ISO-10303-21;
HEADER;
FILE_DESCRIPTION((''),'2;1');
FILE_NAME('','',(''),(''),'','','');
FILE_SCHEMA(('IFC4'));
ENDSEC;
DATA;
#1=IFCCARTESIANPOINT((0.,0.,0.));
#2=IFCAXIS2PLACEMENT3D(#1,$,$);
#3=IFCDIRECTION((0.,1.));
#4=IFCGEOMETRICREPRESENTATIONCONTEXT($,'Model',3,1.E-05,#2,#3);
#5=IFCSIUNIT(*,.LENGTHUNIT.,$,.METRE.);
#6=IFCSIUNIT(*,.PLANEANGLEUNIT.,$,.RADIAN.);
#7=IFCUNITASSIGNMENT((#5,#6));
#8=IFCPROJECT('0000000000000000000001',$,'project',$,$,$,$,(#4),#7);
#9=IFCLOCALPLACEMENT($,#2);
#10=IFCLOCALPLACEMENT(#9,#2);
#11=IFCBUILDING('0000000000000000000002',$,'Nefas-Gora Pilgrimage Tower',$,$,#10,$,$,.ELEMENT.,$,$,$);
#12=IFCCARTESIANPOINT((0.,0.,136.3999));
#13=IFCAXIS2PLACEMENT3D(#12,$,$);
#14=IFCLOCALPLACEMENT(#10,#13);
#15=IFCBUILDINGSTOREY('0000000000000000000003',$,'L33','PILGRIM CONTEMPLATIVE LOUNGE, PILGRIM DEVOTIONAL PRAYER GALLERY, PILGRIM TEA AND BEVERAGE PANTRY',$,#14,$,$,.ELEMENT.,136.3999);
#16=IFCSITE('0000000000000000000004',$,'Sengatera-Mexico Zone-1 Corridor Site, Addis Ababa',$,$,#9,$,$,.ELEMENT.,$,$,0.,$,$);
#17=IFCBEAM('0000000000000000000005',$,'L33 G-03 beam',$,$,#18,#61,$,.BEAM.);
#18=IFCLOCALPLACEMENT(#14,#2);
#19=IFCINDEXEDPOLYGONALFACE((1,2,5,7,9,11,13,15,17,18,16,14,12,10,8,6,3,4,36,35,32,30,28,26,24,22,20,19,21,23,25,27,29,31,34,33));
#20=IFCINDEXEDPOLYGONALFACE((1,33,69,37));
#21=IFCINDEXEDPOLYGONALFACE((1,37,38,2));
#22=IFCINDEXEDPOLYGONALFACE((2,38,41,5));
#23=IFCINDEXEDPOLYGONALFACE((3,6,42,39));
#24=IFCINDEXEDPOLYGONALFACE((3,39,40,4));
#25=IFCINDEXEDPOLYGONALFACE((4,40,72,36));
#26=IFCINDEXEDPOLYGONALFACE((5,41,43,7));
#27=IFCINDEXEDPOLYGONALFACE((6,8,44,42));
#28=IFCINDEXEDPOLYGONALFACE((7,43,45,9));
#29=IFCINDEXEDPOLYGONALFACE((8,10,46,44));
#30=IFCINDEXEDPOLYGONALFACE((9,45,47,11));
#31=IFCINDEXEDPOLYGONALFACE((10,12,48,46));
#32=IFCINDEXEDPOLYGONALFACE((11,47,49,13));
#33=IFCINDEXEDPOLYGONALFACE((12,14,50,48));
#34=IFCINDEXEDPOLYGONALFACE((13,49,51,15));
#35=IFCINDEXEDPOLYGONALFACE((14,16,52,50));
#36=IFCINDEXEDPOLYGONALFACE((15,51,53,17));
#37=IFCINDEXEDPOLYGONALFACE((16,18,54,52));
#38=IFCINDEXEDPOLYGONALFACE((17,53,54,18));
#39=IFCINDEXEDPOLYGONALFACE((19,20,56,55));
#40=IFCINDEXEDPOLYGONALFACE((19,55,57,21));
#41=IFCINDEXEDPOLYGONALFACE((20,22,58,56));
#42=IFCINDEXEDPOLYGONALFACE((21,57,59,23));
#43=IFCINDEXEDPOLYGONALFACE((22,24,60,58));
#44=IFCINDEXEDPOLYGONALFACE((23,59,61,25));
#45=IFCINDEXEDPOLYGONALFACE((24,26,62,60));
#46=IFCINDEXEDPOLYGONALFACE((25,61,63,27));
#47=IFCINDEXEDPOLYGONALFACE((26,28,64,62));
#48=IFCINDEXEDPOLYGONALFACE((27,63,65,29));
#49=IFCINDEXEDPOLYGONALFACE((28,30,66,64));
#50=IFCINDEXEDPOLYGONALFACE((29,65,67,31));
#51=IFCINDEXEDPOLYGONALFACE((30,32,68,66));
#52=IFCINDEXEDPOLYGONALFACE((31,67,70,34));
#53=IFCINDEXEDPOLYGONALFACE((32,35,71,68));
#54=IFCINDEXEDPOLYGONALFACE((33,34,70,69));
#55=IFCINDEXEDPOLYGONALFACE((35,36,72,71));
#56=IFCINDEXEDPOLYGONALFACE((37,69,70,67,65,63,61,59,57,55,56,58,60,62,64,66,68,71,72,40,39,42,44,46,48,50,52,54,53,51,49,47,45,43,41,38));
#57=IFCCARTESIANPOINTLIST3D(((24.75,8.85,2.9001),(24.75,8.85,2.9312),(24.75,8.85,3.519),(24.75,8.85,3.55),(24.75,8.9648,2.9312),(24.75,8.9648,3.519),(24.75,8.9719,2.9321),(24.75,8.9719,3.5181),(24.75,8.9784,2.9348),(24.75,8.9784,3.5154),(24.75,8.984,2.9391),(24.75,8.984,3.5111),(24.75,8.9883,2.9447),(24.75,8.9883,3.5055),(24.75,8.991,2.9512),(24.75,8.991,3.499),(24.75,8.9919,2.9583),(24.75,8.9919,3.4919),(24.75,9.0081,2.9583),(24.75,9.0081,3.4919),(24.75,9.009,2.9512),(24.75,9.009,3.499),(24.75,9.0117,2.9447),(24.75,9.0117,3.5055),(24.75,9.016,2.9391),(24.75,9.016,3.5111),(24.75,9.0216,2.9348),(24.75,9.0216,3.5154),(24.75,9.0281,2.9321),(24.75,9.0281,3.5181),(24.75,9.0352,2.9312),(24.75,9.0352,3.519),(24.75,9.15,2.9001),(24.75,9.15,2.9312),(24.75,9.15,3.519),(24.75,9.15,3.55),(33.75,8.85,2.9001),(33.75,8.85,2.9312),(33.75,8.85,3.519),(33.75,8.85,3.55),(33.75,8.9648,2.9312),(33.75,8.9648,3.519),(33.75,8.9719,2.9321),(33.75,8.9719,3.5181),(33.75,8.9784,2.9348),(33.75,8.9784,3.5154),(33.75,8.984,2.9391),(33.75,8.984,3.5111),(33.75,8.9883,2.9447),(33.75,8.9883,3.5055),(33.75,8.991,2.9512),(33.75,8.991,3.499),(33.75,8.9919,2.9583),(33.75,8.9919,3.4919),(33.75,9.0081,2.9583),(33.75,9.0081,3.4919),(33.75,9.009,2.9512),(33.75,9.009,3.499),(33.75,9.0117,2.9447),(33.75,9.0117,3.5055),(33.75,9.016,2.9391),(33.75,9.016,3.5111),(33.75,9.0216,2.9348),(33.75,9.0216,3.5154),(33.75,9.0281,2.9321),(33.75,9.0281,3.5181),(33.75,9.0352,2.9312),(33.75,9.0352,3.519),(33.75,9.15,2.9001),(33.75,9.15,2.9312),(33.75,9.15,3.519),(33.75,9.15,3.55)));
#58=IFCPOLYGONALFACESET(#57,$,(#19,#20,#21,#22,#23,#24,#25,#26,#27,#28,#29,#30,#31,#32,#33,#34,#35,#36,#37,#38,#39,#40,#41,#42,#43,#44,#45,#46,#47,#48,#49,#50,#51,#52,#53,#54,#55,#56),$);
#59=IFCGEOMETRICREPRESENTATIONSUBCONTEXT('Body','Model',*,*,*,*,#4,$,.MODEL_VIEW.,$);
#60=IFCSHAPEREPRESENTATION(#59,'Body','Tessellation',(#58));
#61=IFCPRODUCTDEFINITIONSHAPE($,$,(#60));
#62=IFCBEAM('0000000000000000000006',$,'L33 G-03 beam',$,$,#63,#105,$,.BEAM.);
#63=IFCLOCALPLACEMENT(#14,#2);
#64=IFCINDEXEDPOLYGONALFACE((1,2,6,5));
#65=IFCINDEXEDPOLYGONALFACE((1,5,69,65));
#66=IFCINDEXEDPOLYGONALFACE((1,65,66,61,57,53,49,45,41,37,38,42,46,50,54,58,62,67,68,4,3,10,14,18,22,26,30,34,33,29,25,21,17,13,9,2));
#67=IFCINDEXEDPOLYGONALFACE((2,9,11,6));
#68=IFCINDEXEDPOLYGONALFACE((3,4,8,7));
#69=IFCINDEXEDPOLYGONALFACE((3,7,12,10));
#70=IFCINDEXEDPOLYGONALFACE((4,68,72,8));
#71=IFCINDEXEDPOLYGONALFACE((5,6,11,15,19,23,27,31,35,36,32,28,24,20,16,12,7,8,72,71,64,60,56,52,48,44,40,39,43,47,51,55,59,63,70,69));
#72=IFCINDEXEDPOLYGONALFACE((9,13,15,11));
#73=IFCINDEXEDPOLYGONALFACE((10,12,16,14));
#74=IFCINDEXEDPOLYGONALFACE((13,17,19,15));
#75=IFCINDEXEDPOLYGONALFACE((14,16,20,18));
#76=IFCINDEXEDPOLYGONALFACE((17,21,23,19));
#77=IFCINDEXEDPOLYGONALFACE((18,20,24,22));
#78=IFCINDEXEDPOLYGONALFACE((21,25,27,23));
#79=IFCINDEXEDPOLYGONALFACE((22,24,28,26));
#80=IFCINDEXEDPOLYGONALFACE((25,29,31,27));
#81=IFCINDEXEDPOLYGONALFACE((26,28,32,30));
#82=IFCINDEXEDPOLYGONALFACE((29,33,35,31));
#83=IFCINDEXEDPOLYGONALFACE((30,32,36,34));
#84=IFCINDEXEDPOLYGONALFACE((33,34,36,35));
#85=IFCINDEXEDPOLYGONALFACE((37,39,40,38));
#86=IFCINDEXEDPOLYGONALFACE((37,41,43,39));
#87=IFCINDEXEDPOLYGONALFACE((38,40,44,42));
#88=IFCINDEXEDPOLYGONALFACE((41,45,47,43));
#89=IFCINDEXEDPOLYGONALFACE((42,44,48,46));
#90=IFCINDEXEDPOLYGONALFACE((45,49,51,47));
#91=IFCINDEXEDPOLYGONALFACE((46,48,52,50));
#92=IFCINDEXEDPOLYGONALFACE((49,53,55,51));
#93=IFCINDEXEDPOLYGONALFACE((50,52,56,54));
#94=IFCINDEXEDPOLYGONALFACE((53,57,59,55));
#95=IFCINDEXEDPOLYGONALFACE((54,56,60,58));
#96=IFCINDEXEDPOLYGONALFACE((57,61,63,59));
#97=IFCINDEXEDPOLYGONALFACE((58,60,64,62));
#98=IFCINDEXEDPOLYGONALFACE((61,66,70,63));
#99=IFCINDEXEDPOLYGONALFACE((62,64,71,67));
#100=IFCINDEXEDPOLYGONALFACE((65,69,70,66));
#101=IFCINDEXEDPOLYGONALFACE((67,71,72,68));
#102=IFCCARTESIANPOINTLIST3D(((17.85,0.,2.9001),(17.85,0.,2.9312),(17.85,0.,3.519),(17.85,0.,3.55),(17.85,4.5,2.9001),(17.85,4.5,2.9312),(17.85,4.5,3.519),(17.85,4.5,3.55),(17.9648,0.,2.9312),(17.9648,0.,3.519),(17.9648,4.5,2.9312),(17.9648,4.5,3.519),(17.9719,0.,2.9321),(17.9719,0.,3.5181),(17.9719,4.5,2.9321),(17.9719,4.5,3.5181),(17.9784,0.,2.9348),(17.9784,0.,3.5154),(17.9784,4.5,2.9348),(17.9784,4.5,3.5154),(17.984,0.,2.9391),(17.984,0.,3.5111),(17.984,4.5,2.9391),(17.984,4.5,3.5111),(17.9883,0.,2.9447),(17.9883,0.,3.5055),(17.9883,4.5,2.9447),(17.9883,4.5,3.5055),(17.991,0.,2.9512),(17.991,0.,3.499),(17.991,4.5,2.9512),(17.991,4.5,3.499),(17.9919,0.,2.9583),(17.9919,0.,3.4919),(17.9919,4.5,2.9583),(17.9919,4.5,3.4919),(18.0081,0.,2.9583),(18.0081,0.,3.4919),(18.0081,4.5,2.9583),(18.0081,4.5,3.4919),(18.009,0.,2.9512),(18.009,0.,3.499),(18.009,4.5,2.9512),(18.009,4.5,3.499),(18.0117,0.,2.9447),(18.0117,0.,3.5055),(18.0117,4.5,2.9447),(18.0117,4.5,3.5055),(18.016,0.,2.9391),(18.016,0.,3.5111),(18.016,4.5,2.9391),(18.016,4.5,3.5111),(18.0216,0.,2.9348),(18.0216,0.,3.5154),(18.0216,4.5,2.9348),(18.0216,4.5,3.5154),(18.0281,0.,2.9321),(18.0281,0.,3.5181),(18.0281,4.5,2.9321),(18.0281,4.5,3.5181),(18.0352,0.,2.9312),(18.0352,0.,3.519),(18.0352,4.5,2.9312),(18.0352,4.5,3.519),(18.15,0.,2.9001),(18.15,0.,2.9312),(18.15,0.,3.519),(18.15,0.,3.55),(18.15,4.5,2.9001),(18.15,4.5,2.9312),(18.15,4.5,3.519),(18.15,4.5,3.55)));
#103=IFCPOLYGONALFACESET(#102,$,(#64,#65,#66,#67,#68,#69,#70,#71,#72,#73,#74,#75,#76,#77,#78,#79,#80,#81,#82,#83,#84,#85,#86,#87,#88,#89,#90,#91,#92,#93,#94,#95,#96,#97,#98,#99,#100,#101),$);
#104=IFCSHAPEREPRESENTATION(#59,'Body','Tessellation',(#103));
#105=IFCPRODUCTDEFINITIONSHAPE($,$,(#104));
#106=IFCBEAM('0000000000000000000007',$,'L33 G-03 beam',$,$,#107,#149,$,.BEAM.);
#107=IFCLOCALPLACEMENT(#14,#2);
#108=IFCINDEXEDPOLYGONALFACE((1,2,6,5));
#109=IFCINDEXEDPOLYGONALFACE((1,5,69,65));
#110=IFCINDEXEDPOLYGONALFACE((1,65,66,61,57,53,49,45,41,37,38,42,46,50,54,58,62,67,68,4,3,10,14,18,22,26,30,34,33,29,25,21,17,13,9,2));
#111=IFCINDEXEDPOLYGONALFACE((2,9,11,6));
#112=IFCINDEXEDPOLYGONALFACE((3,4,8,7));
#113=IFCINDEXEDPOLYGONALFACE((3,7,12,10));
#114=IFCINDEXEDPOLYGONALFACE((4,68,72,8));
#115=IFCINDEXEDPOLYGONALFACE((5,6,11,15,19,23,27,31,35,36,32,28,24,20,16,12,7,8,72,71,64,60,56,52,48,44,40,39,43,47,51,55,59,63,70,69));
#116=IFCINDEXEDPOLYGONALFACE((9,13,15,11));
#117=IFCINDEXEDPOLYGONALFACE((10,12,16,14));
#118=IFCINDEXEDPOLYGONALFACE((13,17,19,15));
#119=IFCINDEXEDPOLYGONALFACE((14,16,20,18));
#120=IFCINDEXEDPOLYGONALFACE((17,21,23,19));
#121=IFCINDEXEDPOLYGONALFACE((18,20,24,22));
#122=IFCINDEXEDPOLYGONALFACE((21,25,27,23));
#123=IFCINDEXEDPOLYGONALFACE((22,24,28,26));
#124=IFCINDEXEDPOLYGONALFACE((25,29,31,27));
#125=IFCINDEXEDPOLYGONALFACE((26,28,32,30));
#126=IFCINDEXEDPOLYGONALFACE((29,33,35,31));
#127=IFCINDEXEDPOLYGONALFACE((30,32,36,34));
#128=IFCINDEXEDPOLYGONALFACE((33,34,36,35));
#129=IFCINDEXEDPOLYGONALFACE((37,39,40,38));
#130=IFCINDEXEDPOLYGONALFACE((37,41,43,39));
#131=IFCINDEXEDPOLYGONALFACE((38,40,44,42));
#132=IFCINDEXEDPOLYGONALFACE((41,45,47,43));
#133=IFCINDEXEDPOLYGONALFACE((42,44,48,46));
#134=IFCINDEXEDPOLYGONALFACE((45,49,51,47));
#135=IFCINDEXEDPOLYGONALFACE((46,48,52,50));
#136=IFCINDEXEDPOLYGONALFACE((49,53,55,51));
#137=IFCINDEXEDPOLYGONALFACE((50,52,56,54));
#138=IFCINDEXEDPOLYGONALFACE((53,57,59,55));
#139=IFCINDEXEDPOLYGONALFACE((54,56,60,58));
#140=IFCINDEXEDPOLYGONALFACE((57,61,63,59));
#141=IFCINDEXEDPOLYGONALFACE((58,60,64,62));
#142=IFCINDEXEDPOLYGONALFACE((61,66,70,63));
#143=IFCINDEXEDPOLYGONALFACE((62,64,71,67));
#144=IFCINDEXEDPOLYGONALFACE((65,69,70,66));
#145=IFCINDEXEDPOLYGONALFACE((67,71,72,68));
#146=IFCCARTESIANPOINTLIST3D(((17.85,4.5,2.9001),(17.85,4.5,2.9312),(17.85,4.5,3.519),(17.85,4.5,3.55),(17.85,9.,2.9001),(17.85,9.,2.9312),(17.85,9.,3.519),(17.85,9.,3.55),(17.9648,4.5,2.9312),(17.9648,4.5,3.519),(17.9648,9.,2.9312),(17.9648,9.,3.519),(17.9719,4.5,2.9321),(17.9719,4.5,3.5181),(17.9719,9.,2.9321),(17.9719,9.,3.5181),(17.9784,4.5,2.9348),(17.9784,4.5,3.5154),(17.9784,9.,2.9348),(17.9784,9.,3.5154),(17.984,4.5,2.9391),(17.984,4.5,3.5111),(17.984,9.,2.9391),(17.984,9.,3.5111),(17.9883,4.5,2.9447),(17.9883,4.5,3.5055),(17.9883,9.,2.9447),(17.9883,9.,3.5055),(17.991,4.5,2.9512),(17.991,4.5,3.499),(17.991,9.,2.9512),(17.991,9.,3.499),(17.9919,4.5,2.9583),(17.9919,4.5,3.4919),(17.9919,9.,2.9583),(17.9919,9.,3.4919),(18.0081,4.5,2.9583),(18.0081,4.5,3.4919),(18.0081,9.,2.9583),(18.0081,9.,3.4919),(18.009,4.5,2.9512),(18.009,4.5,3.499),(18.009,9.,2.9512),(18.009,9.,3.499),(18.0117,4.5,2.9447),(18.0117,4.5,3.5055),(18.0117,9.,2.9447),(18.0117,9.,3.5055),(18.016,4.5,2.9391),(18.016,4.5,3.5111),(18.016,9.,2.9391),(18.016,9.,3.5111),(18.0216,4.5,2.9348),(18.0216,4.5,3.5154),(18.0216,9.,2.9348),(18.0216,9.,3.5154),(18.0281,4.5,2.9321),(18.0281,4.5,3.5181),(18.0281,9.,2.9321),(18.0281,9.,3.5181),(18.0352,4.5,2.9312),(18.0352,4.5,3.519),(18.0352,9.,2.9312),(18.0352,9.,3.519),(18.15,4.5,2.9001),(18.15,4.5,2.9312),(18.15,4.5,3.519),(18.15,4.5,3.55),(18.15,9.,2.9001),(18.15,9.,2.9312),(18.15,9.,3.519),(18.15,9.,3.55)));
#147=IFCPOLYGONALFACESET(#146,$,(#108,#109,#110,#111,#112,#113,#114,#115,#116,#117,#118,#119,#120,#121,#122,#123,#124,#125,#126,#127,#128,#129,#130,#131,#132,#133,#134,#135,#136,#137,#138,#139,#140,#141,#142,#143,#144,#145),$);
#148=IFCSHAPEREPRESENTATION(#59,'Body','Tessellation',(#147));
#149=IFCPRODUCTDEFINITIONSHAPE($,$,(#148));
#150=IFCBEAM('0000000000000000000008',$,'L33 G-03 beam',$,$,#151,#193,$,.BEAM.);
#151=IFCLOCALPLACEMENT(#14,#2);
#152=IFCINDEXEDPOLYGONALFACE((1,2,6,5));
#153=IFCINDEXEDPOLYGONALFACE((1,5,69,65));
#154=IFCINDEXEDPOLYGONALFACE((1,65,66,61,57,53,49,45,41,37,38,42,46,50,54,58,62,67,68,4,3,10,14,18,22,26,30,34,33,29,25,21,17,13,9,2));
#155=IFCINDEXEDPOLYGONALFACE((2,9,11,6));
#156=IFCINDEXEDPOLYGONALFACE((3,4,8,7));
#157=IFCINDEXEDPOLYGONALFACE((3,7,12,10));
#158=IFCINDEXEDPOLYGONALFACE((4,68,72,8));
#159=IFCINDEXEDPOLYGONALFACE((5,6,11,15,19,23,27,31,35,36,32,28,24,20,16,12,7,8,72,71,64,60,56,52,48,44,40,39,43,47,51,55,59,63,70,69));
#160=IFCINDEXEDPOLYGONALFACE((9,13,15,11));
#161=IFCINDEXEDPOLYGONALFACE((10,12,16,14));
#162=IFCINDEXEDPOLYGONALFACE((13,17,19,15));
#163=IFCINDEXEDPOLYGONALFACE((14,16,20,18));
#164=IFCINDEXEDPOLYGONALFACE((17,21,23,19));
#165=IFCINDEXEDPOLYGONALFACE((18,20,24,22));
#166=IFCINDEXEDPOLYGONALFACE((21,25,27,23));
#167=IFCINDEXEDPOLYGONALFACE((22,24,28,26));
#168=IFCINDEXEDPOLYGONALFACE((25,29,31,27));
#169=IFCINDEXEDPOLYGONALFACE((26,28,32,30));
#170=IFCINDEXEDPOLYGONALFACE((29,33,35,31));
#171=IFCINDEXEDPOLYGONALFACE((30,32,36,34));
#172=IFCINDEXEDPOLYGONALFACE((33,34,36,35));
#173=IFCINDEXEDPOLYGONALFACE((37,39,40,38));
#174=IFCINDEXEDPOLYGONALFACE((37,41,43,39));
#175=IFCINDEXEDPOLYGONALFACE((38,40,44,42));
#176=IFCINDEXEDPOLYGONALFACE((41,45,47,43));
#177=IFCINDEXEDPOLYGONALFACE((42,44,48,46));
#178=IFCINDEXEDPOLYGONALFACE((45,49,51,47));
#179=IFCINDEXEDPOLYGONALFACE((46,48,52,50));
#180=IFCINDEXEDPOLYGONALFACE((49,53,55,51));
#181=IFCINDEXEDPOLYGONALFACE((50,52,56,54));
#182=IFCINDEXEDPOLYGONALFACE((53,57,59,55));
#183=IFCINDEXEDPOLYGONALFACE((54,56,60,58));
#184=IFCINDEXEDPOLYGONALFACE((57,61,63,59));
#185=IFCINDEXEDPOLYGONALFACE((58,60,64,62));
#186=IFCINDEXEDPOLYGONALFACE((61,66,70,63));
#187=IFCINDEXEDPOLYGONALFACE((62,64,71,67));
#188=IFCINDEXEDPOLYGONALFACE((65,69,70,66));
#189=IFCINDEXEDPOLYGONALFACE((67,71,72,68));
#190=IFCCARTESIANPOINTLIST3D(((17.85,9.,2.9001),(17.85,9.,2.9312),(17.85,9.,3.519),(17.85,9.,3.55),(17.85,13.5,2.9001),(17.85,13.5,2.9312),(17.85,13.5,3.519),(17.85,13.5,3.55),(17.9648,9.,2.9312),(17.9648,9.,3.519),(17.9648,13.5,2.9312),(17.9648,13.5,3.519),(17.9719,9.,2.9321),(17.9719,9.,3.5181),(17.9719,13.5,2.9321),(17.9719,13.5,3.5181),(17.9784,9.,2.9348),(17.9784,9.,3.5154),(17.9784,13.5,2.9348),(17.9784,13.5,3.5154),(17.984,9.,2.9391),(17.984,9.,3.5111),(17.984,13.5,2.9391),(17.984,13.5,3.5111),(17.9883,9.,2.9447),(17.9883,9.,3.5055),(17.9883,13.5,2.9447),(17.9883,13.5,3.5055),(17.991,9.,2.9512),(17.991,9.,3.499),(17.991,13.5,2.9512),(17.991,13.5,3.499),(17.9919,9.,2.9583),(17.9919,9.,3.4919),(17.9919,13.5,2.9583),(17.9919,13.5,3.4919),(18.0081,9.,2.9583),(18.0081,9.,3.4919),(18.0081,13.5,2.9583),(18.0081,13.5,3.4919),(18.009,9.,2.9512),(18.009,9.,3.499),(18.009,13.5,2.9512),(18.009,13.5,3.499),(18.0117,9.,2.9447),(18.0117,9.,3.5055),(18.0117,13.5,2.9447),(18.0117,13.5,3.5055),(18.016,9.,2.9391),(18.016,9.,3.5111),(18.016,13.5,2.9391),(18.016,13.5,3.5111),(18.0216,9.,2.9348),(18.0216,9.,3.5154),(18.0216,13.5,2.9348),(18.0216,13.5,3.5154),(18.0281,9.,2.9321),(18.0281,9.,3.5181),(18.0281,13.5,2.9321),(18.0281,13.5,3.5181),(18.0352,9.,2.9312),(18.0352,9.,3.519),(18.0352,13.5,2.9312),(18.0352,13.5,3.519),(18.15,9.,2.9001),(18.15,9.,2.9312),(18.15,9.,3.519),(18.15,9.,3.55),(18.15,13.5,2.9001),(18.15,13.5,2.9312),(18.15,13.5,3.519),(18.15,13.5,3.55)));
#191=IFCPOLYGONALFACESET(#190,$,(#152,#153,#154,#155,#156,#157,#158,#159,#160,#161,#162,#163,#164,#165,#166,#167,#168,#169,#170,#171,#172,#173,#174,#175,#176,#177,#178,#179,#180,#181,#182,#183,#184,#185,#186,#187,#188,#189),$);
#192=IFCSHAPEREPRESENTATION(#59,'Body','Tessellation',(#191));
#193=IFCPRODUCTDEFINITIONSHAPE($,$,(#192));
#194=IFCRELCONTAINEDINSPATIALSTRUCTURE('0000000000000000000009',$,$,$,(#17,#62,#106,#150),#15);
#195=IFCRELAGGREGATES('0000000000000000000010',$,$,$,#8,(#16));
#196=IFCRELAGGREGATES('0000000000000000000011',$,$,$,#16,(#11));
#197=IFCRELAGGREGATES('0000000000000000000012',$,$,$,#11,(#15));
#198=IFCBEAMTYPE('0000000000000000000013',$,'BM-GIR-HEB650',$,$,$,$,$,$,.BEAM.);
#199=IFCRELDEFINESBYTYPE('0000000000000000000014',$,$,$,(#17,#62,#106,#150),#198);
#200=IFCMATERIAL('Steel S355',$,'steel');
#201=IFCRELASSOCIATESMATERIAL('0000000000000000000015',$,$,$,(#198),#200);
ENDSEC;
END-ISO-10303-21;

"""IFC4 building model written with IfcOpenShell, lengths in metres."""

from ifc_helpers import new_model, si_unit, direction, frame, origin, origin_2d, place, context, subcontext, project, spatial, i_section, extrude, source, transform, mapped, material, material_profile, profile_set, type_object, element, save


model = new_model("IFC4")

# Units and contexts
model_context = context("Model", 3, precision=1e-05, world=origin(), true_north=direction((0.0, 1.0)))
body_context = subcontext(model_context, "Body", "Model", "MODEL_VIEW")
ifc_project = project(units=[si_unit("LENGTHUNIT", "METRE"), si_unit("PLANEANGLEUNIT", "RADIAN")], contexts=[model_context])

# Site, building, storey
site_placement = place(None, origin())
site = spatial("IfcSite", under=ifc_project, at=site_placement, Name="Sengatera-Mexico Zone-1 Corridor Site, Addis Ababa", CompositionType="ELEMENT", RefElevation=0.0)
building_placement = place(site_placement, origin())
building = spatial("IfcBuilding", under=site, at=building_placement, Name="Nefas-Gora Pilgrimage Tower", CompositionType="ELEMENT")
storey_placement = place(building_placement, frame((0.0, 0.0, 136.3999)))
storey = spatial("IfcBuildingStorey", under=building, at=storey_placement, Name="L33", Description="PILGRIM CONTEMPLATIVE LOUNGE, PILGRIM DEVOTIONAL PRAYER GALLERY, PILGRIM TEA AND BEVERAGE PANTRY", CompositionType="ELEMENT", Elevation=136.3999)

# Beams
ifc_material_1 = material(Name="Steel S355", Category="steel")
ifc_material_profile_1 = material_profile(ifc_material_1, i_section(OverallWidth=0.3, OverallDepth=0.6499, WebThickness=0.0161, FlangeThickness=0.031, FilletRadius=0.0271, at=origin_2d()), Name="HEB 650")
ifc_profile_set_1 = profile_set([ifc_material_profile_1], Name="Steel S355")
beam_type_1 = type_object("IfcBeamType", Name="BM-GIR-HEB650", PredefinedType="BEAM", material=ifc_profile_set_1)
shared_shape_1 = source(origin(), body_context, "Body", "SweptSolid", [
    extrude(i_section(OverallWidth=0.3, OverallDepth=0.6499, WebThickness=0.0161, FlangeThickness=0.031, FilletRadius=0.0271, at=origin_2d()), origin(), (0.0, 0.0, 1.0), 9.0),
])
for number, where, z_axis, x_axis, name in (
    (1, (24.75, 9.0, 3.2251), (1.0, 0.0, 0.0), (0.0, 1.0, 0.0), "L33 G-03 beam"),
):
    element("IfcBeam", number, at=place(storey_placement, frame(where, z_axis=z_axis, x_axis=x_axis)), inside=storey, type_object=beam_type_1, Name=name, PredefinedType="BEAM", context=body_context, shape_type="MappedRepresentation", body=[
        mapped(shared_shape_1, transform((0.0, 0.0, 0.0), x_axis=(1.0, 0.0, 0.0), y_axis=(0.0, 1.0, 0.0), z_axis=(0.0, 0.0, 1.0), scale=1.0)),
    ])
shared_shape_2 = source(origin(), body_context, "Body", "SweptSolid", [
    extrude(i_section(OverallWidth=0.3, OverallDepth=0.6499, WebThickness=0.0161, FlangeThickness=0.031, FilletRadius=0.0271, at=origin_2d()), origin(), (0.0, 0.0, 1.0), 4.5),
])
for number, where, z_axis, x_axis, name in (
    (2, (18.0, 0.0, 3.2251), (0.0, 1.0, 0.0), (-1.0, 0.0, 0.0), "L33 G-03 beam"),
    (3, (18.0, 4.5, 3.2251), (0.0, 1.0, 0.0), (-1.0, 0.0, 0.0), "L33 G-03 beam"),
    (4, (18.0, 9.0, 3.2251), (0.0, 1.0, 0.0), (-1.0, 0.0, 0.0), "L33 G-03 beam"),
):
    element("IfcBeam", number, at=place(storey_placement, frame(where, z_axis=z_axis, x_axis=x_axis)), inside=storey, type_object=beam_type_1, Name=name, PredefinedType="BEAM", context=body_context, shape_type="MappedRepresentation", body=[
        mapped(shared_shape_2, transform((0.0, 0.0, 0.0), x_axis=(1.0, 0.0, 0.0), y_axis=(0.0, 1.0, 0.0), z_axis=(0.0, 0.0, 1.0), scale=1.0)),
    ])

save(model, "model.ifc")
